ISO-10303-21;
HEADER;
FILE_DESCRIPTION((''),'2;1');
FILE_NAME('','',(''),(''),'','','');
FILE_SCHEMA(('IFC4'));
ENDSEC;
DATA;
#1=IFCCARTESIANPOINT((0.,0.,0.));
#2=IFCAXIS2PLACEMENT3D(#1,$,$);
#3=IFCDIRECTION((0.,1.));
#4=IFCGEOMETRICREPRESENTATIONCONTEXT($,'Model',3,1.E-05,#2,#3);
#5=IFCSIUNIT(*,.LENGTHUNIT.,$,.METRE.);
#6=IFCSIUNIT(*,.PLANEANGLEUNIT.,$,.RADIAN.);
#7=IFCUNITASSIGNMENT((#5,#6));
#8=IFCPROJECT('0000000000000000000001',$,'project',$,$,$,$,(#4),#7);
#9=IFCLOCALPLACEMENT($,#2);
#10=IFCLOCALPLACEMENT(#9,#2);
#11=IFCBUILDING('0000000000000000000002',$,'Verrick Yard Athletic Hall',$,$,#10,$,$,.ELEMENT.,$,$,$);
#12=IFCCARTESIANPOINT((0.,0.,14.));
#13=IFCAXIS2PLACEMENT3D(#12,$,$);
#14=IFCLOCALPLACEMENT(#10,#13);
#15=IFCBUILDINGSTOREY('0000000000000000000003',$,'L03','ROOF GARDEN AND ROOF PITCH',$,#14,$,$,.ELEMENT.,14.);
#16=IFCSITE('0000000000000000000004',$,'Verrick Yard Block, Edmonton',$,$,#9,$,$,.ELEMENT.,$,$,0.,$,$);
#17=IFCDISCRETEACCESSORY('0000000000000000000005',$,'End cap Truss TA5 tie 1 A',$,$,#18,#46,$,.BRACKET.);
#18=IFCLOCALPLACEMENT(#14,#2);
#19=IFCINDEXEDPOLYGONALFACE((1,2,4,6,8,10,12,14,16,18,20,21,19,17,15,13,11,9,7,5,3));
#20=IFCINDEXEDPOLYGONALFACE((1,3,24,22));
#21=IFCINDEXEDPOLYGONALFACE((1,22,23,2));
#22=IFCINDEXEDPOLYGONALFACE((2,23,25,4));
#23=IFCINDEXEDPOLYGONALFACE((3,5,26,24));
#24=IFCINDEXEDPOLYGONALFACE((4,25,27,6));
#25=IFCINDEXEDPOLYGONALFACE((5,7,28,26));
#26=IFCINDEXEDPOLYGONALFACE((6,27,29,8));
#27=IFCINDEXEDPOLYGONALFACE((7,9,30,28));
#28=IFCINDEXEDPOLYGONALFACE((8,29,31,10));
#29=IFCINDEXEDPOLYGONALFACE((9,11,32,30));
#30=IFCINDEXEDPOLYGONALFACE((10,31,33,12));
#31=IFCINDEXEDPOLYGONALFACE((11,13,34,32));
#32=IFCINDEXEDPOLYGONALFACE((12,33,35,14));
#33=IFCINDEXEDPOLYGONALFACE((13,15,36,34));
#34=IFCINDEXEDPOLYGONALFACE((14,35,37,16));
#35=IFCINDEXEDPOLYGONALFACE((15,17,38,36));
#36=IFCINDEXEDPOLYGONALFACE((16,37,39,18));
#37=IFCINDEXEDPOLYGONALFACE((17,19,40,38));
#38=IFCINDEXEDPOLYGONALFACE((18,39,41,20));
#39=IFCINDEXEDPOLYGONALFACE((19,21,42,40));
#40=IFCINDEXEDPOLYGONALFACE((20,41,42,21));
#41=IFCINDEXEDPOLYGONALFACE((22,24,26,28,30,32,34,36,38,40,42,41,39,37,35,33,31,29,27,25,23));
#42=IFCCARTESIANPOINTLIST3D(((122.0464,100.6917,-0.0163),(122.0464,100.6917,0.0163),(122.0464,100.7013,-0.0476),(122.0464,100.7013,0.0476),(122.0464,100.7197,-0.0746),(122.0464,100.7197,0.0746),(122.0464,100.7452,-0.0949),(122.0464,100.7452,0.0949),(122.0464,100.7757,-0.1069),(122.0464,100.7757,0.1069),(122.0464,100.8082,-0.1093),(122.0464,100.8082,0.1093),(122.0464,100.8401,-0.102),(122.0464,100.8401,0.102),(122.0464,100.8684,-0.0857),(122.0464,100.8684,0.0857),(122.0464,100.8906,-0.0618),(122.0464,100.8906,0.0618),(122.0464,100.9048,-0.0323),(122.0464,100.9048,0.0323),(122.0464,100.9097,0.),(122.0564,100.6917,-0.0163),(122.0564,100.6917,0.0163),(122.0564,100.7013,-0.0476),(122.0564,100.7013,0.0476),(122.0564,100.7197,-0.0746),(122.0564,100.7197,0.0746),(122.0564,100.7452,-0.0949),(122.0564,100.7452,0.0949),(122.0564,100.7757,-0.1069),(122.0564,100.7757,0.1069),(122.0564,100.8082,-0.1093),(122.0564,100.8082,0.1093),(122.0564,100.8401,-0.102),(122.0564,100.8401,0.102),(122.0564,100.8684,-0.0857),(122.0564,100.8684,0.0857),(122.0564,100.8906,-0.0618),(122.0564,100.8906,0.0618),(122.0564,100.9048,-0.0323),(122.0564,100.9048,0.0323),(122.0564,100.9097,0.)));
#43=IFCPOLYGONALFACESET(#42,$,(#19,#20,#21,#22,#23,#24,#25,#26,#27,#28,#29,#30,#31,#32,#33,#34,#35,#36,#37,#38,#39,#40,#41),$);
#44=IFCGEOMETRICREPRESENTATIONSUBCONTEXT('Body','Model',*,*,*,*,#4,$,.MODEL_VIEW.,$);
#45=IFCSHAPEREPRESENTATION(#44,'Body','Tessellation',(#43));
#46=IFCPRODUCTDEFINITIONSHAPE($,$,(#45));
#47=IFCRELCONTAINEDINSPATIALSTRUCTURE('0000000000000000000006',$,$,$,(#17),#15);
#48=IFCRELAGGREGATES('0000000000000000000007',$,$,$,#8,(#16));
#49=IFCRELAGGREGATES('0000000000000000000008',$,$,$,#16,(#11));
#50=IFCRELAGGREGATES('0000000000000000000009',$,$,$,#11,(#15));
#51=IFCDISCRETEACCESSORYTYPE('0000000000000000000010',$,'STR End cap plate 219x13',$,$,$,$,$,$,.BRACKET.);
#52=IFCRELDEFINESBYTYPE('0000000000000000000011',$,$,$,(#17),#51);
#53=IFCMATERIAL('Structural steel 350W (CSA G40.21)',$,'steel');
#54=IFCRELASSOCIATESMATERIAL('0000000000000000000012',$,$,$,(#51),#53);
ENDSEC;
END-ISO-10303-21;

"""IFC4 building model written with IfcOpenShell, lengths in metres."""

from ifc_helpers import new_model, si_unit, direction, frame, origin, origin_2d, place, context, subcontext, project, spatial, circle, extrude, material, material_profile, profile_set, type_object, element, save


model = new_model("IFC4")

# Units and contexts
model_context = context("Model", 3, precision=1e-05, world=origin(), true_north=direction((0.0, 1.0)))
body_context = subcontext(model_context, "Body", "Model", "MODEL_VIEW")
ifc_project = project(units=[si_unit("LENGTHUNIT", "METRE"), si_unit("PLANEANGLEUNIT", "RADIAN")], contexts=[model_context])

# Site, building, storey
site_placement = place(None, origin())
site = spatial("IfcSite", under=ifc_project, at=site_placement, Name="Verrick Yard Block, Edmonton", CompositionType="ELEMENT", RefElevation=0.0)
building_placement = place(site_placement, origin())
building = spatial("IfcBuilding", under=site, at=building_placement, Name="Verrick Yard Athletic Hall", CompositionType="ELEMENT")
storey_placement = place(building_placement, frame((0.0, 0.0, 14.0)))
storey = spatial("IfcBuildingStorey", under=building, at=storey_placement, Name="L03", Description="ROOF GARDEN AND ROOF PITCH", CompositionType="ELEMENT", Elevation=14.0)

# Discrete accessory
ifc_material_1 = material(Name="Structural steel 350W (CSA G40.21)", Category="steel")
ifc_material_profile_1 = material_profile(ifc_material_1, circle(Radius=0.1096, at=origin_2d()), Name="STR End cap plate 219x13")
ifc_profile_set_1 = profile_set([ifc_material_profile_1], Name="Structural steel 350W (CSA G40.21)")
discrete_accessory_type_1 = type_object("IfcDiscreteAccessoryType", Name="STR End cap plate 219x13", PredefinedType="BRACKET", material=ifc_profile_set_1)
for number, where, z_axis, x_axis, name in (
    (1, (122.0464, 100.8, 0.0), (1.0, 0.0, 0.0), (0.0, 1.0, 0.0), "End cap Truss TA5 tie 1 A"),
):
    element("IfcDiscreteAccessory", number, at=place(storey_placement, frame(where, z_axis=z_axis, x_axis=x_axis)), inside=storey, type_object=discrete_accessory_type_1, Name=name, PredefinedType="BRACKET", context=body_context, shape_type="SweptSolid", body=[
        extrude(circle(Radius=0.1096, at=origin_2d()), origin(), (0.0, 0.0, 1.0), 0.01),
    ])

save(model, "model.ifc")
